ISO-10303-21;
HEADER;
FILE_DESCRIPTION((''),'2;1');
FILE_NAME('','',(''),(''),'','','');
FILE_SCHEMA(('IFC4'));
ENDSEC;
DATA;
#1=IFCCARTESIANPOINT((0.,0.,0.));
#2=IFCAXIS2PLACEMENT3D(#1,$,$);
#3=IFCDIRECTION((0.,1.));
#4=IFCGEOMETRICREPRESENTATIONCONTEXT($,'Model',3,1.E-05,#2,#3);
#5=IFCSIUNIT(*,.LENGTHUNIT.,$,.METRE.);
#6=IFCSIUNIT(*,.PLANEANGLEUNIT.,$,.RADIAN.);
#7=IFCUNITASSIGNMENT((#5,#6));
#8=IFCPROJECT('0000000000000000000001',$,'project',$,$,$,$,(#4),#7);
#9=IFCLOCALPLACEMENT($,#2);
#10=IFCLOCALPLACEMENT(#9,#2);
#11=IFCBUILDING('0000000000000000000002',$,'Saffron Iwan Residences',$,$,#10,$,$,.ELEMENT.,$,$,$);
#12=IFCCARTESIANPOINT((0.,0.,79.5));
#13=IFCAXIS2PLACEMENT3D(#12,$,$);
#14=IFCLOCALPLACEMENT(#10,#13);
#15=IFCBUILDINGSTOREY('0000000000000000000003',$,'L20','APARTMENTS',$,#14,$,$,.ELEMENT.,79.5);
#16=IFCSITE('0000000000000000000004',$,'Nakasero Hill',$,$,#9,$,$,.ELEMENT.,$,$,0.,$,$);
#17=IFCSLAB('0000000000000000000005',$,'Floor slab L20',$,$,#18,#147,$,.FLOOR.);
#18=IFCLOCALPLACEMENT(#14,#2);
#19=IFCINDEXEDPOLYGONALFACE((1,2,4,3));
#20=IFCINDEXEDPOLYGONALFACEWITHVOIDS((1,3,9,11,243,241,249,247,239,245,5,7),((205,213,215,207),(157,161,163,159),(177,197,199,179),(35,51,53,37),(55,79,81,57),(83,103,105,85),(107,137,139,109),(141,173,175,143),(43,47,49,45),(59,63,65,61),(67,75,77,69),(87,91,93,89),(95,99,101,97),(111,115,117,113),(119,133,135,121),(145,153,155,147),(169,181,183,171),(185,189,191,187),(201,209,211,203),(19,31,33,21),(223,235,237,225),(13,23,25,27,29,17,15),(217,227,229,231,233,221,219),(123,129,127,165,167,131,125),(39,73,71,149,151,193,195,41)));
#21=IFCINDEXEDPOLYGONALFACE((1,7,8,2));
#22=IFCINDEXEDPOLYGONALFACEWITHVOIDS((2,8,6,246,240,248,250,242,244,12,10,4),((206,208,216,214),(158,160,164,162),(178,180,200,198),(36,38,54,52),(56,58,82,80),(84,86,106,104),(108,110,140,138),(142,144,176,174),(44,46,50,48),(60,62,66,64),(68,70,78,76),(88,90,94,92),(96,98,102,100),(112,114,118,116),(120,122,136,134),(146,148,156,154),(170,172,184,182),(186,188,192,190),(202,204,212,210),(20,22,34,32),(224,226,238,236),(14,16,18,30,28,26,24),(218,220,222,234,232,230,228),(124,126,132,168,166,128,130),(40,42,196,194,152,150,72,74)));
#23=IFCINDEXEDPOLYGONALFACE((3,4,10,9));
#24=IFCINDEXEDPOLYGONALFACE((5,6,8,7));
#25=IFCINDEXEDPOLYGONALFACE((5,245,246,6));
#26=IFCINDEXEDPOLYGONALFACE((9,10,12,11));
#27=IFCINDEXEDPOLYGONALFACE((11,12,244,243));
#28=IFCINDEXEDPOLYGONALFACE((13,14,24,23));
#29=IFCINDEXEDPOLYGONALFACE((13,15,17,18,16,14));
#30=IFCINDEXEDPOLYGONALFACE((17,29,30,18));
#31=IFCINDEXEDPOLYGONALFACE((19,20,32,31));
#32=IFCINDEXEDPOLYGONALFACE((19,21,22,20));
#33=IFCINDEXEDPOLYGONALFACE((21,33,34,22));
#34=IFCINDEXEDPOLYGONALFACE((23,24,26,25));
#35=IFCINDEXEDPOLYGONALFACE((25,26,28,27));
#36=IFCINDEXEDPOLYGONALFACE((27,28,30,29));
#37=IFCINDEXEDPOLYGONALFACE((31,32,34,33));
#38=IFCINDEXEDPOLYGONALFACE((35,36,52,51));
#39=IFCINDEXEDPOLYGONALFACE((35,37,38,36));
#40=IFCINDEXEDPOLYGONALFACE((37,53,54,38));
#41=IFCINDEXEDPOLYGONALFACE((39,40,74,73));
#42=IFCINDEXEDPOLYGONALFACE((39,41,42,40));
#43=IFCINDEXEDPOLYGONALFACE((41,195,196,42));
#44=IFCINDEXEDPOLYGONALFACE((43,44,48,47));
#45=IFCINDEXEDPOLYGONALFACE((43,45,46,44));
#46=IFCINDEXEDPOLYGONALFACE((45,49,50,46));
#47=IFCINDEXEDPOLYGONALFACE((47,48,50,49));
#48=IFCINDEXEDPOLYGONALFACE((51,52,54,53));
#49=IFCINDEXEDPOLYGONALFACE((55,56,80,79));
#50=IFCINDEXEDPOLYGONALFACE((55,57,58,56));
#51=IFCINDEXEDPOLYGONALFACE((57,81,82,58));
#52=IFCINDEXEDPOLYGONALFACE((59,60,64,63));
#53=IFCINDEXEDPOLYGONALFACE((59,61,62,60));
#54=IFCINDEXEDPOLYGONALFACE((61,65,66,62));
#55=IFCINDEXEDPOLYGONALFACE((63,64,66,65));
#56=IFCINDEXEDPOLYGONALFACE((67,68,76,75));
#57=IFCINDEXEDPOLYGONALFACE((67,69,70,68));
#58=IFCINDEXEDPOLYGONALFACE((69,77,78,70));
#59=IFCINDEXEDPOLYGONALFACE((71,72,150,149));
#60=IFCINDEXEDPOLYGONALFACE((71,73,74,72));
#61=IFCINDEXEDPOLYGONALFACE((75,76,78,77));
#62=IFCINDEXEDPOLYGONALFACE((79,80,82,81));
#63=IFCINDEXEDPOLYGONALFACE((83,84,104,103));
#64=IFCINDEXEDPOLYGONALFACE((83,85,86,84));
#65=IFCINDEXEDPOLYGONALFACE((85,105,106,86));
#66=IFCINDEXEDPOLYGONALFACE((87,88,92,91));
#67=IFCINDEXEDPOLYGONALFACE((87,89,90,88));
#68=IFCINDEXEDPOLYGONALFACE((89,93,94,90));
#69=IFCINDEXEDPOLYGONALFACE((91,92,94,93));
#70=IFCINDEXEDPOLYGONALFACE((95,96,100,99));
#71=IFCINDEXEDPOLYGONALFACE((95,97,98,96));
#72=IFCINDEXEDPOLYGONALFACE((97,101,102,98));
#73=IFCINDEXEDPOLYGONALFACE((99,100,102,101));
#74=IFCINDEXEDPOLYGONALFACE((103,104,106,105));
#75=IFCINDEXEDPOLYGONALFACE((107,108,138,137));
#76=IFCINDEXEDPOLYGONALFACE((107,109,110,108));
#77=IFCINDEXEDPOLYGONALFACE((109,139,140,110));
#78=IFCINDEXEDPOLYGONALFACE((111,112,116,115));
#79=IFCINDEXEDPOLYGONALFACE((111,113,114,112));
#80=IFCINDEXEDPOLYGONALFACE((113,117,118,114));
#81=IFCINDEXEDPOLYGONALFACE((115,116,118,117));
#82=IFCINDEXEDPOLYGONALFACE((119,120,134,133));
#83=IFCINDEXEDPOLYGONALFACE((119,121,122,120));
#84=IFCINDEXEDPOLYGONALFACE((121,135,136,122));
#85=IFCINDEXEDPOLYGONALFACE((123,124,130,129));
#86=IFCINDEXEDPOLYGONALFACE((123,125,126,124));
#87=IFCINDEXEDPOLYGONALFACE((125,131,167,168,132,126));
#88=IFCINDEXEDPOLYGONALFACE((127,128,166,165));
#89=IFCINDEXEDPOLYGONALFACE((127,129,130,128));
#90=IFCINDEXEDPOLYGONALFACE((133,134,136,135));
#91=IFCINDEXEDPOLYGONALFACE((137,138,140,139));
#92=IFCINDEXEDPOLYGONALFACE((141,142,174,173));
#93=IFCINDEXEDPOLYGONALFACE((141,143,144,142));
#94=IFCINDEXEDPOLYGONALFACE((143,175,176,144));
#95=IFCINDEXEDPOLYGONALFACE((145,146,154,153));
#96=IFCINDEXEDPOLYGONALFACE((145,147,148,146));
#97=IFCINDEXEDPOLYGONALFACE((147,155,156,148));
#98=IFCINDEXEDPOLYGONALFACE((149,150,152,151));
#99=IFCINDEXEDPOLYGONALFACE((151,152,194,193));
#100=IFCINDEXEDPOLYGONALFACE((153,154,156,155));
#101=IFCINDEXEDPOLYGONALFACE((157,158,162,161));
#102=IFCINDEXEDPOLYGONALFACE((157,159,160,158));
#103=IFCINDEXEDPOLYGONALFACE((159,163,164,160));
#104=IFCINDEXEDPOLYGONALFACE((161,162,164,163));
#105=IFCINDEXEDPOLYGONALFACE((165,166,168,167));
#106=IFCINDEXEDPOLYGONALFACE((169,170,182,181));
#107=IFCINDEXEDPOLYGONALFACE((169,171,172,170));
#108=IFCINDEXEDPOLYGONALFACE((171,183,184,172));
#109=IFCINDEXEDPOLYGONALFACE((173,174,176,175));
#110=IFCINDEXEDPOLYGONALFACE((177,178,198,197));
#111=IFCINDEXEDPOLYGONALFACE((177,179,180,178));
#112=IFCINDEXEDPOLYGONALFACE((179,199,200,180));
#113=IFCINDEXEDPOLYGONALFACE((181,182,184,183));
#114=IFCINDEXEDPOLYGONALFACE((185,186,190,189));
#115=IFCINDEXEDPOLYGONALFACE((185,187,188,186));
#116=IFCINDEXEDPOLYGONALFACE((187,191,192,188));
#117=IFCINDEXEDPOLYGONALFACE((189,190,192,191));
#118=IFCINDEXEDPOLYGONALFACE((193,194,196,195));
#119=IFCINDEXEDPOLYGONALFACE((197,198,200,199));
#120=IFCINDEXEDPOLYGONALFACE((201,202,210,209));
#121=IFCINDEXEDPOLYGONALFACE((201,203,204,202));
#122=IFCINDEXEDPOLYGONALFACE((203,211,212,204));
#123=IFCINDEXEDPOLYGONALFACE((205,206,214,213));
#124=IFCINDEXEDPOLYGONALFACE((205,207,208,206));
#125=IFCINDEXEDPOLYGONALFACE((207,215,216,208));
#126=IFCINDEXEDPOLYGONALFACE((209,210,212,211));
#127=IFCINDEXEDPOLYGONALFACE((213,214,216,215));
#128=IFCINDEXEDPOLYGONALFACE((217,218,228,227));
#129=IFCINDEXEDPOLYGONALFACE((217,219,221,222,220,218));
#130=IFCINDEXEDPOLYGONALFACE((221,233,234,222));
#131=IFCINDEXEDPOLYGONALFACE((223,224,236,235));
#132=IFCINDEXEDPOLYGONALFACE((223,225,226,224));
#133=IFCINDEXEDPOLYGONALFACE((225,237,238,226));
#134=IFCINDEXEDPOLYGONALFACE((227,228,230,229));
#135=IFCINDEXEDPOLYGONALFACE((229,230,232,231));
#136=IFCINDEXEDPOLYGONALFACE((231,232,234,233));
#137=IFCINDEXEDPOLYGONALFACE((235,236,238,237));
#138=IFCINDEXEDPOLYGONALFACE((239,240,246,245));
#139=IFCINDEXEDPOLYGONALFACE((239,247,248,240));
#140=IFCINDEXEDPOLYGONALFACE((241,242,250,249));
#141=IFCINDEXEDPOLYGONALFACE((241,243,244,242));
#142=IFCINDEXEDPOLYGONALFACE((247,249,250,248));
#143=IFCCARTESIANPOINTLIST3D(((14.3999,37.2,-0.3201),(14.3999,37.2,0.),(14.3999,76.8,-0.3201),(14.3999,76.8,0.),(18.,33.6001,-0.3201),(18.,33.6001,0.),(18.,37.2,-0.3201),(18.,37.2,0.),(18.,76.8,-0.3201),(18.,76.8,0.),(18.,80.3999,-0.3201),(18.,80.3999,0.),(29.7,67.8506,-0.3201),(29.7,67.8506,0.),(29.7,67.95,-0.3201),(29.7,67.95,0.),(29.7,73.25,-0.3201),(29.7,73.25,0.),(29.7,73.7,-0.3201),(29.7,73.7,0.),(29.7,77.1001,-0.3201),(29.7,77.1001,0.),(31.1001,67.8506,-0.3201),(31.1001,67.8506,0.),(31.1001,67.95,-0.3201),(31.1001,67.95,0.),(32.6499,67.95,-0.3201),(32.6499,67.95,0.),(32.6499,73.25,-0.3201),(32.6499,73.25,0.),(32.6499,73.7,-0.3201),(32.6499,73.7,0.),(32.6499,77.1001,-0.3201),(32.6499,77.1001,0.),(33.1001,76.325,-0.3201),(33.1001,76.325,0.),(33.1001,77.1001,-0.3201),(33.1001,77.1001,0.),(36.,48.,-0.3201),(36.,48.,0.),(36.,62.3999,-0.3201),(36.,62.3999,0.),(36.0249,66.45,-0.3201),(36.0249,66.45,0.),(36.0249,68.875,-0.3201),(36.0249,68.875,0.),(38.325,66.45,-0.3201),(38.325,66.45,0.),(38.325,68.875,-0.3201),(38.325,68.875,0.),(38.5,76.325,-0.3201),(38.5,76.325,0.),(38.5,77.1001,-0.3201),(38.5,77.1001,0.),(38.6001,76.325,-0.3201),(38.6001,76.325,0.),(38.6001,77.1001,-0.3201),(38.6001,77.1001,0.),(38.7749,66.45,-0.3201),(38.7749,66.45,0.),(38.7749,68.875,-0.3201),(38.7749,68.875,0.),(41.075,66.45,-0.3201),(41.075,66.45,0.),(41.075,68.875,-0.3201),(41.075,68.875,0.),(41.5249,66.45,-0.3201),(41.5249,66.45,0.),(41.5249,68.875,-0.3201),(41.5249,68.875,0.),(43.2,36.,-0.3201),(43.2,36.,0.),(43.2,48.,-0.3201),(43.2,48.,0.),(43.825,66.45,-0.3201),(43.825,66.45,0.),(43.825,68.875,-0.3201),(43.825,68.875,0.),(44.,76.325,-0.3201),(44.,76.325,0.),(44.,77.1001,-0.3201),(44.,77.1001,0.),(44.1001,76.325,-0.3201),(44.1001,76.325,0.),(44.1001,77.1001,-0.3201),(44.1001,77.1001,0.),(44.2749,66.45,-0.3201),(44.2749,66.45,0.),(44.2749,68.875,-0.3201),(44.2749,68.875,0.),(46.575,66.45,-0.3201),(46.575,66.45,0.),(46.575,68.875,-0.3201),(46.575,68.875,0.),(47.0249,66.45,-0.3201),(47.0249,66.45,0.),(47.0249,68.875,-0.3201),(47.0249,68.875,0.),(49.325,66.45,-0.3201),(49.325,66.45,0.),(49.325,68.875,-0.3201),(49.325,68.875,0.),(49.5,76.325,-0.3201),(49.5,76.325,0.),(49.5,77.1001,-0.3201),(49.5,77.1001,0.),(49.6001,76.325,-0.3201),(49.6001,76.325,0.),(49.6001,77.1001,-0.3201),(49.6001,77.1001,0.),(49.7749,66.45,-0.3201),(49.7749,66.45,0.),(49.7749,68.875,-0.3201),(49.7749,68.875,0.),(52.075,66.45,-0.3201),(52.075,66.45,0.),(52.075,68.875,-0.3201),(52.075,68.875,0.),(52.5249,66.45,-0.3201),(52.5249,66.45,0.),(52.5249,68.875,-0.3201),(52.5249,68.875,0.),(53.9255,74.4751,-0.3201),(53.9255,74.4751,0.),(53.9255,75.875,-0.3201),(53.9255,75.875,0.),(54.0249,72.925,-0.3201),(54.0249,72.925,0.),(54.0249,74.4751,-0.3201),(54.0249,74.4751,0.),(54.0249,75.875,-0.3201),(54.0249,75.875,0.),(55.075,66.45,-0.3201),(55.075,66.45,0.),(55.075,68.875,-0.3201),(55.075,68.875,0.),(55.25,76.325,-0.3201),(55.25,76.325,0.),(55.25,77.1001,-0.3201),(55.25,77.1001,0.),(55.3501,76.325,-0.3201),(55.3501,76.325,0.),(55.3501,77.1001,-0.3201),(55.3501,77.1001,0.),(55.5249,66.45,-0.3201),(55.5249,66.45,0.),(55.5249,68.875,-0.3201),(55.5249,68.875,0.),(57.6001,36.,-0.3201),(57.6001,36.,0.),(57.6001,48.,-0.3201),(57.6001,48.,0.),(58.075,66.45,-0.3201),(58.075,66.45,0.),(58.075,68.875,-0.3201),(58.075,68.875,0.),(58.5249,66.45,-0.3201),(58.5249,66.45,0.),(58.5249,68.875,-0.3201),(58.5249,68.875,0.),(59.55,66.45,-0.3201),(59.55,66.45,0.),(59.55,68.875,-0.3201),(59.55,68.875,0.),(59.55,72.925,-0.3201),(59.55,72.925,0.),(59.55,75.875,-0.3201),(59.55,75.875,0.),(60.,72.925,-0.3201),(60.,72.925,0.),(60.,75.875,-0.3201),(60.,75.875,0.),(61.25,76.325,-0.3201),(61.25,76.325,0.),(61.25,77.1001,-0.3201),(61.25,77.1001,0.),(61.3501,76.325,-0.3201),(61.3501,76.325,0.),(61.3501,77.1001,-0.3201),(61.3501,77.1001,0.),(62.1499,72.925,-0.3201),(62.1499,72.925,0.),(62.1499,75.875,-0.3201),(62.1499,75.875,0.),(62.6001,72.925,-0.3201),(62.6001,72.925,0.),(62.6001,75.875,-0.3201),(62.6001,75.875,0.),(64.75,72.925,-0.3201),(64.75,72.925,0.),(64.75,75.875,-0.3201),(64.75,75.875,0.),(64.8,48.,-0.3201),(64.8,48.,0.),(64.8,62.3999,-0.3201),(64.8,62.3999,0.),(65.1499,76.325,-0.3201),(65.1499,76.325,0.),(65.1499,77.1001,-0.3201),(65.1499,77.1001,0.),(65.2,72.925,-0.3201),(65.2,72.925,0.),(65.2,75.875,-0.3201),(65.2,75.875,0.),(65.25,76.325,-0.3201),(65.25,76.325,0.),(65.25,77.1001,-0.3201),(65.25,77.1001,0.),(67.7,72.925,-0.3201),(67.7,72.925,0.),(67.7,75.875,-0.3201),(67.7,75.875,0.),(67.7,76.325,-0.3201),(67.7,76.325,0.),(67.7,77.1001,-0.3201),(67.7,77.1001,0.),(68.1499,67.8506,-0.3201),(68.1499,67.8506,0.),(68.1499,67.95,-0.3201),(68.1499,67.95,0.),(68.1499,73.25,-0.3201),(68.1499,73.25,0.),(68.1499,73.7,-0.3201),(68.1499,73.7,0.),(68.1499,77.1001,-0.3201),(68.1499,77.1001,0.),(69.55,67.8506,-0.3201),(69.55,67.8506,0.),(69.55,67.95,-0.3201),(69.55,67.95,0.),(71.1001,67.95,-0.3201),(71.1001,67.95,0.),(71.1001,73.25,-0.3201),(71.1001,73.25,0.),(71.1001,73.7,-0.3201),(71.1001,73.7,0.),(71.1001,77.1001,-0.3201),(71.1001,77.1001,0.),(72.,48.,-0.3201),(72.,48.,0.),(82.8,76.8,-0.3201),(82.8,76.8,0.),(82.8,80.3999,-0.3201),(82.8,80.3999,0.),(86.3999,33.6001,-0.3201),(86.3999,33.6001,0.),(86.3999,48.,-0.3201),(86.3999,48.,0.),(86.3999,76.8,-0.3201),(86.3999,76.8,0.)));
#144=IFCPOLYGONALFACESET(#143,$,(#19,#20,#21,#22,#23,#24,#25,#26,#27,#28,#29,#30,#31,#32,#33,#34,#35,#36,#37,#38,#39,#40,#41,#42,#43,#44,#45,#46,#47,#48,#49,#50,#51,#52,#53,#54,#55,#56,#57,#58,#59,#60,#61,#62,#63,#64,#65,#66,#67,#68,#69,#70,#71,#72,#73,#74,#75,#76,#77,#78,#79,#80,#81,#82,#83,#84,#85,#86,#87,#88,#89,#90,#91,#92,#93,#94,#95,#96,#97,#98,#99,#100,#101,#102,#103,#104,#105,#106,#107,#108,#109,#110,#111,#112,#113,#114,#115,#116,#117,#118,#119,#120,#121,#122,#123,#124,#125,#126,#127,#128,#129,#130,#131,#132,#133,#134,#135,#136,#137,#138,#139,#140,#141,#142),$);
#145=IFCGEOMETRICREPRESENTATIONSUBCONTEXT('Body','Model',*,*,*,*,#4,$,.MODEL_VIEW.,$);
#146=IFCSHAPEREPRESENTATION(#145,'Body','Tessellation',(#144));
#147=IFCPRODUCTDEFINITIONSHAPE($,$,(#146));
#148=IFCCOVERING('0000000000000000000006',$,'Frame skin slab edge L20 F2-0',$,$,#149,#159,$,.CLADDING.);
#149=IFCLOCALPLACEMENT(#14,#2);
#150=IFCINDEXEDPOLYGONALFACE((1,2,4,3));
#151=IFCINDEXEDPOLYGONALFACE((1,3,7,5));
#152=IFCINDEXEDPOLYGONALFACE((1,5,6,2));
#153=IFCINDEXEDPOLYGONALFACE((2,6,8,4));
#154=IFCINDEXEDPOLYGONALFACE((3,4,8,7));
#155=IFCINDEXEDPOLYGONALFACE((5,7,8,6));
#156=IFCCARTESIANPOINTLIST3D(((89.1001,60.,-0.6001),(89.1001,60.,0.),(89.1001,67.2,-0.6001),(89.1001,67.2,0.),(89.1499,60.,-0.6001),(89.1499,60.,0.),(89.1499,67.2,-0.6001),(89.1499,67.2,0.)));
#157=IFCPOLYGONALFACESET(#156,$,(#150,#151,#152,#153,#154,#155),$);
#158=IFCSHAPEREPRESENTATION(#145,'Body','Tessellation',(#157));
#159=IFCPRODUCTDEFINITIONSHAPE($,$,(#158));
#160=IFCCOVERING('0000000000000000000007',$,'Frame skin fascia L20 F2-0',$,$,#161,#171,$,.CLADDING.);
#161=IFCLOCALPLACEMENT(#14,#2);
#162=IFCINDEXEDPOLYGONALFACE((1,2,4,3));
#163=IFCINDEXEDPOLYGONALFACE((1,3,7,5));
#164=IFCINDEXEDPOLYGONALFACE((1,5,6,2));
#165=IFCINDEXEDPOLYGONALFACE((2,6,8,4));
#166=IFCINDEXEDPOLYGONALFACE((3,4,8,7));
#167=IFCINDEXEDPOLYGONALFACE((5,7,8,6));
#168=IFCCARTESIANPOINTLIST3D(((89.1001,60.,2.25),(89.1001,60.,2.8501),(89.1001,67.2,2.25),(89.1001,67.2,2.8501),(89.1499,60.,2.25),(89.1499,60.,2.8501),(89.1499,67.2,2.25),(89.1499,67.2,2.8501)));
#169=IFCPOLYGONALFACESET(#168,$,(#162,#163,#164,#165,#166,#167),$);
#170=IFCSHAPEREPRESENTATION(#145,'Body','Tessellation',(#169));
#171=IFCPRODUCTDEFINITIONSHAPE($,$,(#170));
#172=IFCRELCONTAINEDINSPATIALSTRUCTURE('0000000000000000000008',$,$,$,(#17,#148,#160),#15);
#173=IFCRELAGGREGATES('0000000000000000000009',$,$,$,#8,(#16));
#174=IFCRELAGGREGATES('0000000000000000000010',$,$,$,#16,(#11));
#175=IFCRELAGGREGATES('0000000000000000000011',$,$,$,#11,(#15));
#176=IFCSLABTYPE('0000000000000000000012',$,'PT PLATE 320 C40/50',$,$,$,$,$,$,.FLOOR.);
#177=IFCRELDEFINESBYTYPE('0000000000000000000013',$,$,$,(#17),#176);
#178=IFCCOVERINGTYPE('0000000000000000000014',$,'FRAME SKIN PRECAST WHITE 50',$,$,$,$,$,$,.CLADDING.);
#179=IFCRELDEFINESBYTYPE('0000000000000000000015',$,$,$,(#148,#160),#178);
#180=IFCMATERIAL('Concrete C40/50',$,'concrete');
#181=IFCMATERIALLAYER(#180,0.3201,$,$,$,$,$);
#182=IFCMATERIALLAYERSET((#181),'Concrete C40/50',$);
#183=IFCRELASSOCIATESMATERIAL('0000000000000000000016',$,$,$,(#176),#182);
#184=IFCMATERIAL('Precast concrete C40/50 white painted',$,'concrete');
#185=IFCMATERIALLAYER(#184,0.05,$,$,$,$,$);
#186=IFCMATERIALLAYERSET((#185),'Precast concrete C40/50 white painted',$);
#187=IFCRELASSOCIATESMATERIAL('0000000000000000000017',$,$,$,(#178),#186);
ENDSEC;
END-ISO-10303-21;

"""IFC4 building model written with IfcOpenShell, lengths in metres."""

from ifc_helpers import new_model, si_unit, direction, frame, origin, place, context, subcontext, project, spatial, polyline, outline, extrude, material, layer, layer_set, type_object, element, save


model = new_model("IFC4")

# Units and contexts
model_context = context("Model", 3, precision=1e-05, world=origin(), true_north=direction((0.0, 1.0)))
body_context = subcontext(model_context, "Body", "Model", "MODEL_VIEW")
ifc_project = project(units=[si_unit("LENGTHUNIT", "METRE"), si_unit("PLANEANGLEUNIT", "RADIAN")], contexts=[model_context])

# Site, building, storey
site_placement = place(None, origin())
site = spatial("IfcSite", under=ifc_project, at=site_placement, Name="Nakasero Hill", CompositionType="ELEMENT", RefElevation=0.0)
building_placement = place(site_placement, origin())
building = spatial("IfcBuilding", under=site, at=building_placement, Name="Saffron Iwan Residences", CompositionType="ELEMENT")
storey_placement = place(building_placement, frame((0.0, 0.0, 79.5)))
storey = spatial("IfcBuildingStorey", under=building, at=storey_placement, Name="L20", Description="APARTMENTS", CompositionType="ELEMENT", Elevation=79.5)

# Slab
ifc_material_1 = material(Name="Concrete C40/50", Category="concrete")
ifc_layer_1 = layer(ifc_material_1, 0.3201)
ifc_layer_set_1 = layer_set([ifc_layer_1], Name="Concrete C40/50")
slab_type_1 = type_object("IfcSlabType", Name="PT PLATE 320 C40/50", PredefinedType="FLOOR", material=ifc_layer_set_1)
slab_1_placement = place(storey_placement, frame((0.0, 0.0, -0.3201)))
element("IfcSlab", 1, at=slab_1_placement, inside=storey, type_object=slab_type_1, Name="Floor slab L20", PredefinedType="FLOOR", context=body_context, shape_type="SweptSolid", body=[
    extrude(outline(polyline([(14.3999, 37.2), (14.3999, 76.8), (18.0, 76.8), (18.0, 80.3999), (82.8, 80.3999), (82.8, 76.8), (86.3999, 76.8), (86.3999, 48.0), (72.0, 48.0), (86.3999, 33.6001), (18.0, 33.6001), (18.0, 37.2), (14.3999, 37.2)]), holes=[polyline([(64.8, 48.0), (64.8, 62.3999), (36.0, 62.3999), (36.0, 48.0), (43.2, 48.0), (43.2, 36.0), (57.6001, 36.0), (57.6001, 48.0), (64.8, 48.0)]), polyline([(38.325, 68.875), (36.0249, 68.875), (36.0249, 66.45), (38.325, 66.45), (38.325, 68.875)]), polyline([(41.075, 66.45), (41.075, 68.875), (38.7749, 68.875), (38.7749, 66.45), (41.075, 66.45)]), polyline([(43.825, 66.45), (43.825, 68.875), (41.5249, 68.875), (41.5249, 66.45), (43.825, 66.45)]), polyline([(46.575, 68.875), (44.2749, 68.875), (44.2749, 66.45), (46.575, 66.45), (46.575, 68.875)]), polyline([(49.325, 66.45), (49.325, 68.875), (47.0249, 68.875), (47.0249, 66.45), (49.325, 66.45)]), polyline([(52.075, 66.45), (52.075, 68.875), (49.7749, 68.875), (49.7749, 66.45), (52.075, 66.45)]), polyline([(29.7, 73.25), (29.7, 67.95), (29.7, 67.8506), (31.1001, 67.8506), (31.1001, 67.95), (32.6499, 67.95), (32.6499, 73.25), (29.7, 73.25)]), polyline([(32.6499, 73.7), (32.6499, 77.1001), (29.7, 77.1001), (29.7, 73.7), (32.6499, 73.7)]), polyline([(38.5, 76.325), (38.5, 77.1001), (33.1001, 77.1001), (33.1001, 76.325), (38.5, 76.325)]), polyline([(44.0, 77.1001), (38.6001, 77.1001), (38.6001, 76.325), (44.0, 76.325), (44.0, 77.1001)]), polyline([(49.5, 76.325), (49.5, 77.1001), (44.1001, 77.1001), (44.1001, 76.325), (49.5, 76.325)]), polyline([(55.25, 76.325), (55.25, 77.1001), (49.6001, 77.1001), (49.6001, 76.325), (55.25, 76.325)]), polyline([(55.075, 68.875), (52.5249, 68.875), (52.5249, 66.45), (55.075, 66.45), (55.075, 68.875)]), polyline([(58.075, 66.45), (58.075, 68.875), (55.5249, 68.875), (55.5249, 66.45), (58.075, 66.45)]), polyline([(59.55, 66.45), (59.55, 68.875), (58.5249, 68.875), (58.5249, 66.45), (59.55, 66.45)]), polyline([(68.1499, 73.25), (68.1499, 67.95), (68.1499, 67.8506), (69.55, 67.8506), (69.55, 67.95), (71.1001, 67.95), (71.1001, 73.25), (68.1499, 73.25)]), polyline([(53.9255, 74.4751), (54.0249, 74.4751), (54.0249, 72.925), (59.55, 72.925), (59.55, 75.875), (54.0249, 75.875), (53.9255, 75.875), (53.9255, 74.4751)]), polyline([(62.1499, 72.925), (62.1499, 75.875), (60.0, 75.875), (60.0, 72.925), (62.1499, 72.925)]), polyline([(64.75, 75.875), (62.6001, 75.875), (62.6001, 72.925), (64.75, 72.925), (64.75, 75.875)]), polyline([(67.7, 72.925), (67.7, 75.875), (65.2, 75.875), (65.2, 72.925), (67.7, 72.925)]), polyline([(71.1001, 73.7), (71.1001, 77.1001), (68.1499, 77.1001), (68.1499, 73.7), (71.1001, 73.7)]), polyline([(61.25, 77.1001), (55.3501, 77.1001), (55.3501, 76.325), (61.25, 76.325), (61.25, 77.1001)]), polyline([(65.1499, 76.325), (65.1499, 77.1001), (61.3501, 77.1001), (61.3501, 76.325), (65.1499, 76.325)]), polyline([(67.7, 76.325), (67.7, 77.1001), (65.25, 77.1001), (65.25, 76.325), (67.7, 76.325)])]), origin(), (0.0, 0.0, 1.0), 0.3201),
])

# Coverings
ifc_material_2 = material(Name="Precast concrete C40/50 white painted", Category="concrete")
ifc_layer_2 = layer(ifc_material_2, 0.05)
ifc_layer_set_2 = layer_set([ifc_layer_2], Name="Precast concrete C40/50 white painted")
covering_type_1 = type_object("IfcCoveringType", Name="FRAME SKIN PRECAST WHITE 50", PredefinedType="CLADDING", material=ifc_layer_set_2)
for number, where, name in (
    (2, (0.0, 0.0, -0.6001), "Frame skin slab edge L20 F2-0"),
    (3, (0.0, 0.0, 2.25), "Frame skin fascia L20 F2-0"),
):
    element("IfcCovering", number, at=place(storey_placement, frame(where)), inside=storey, type_object=covering_type_1, Name=name, PredefinedType="CLADDING", context=body_context, shape_type="SweptSolid", body=[
        extrude(outline(polyline([(89.1499, 60.0), (89.1499, 67.2), (89.1001, 67.2), (89.1001, 60.0), (89.1499, 60.0)])), origin(), (0.0, 0.0, 1.0), 0.6001),
    ])

save(model, "model.ifc")
